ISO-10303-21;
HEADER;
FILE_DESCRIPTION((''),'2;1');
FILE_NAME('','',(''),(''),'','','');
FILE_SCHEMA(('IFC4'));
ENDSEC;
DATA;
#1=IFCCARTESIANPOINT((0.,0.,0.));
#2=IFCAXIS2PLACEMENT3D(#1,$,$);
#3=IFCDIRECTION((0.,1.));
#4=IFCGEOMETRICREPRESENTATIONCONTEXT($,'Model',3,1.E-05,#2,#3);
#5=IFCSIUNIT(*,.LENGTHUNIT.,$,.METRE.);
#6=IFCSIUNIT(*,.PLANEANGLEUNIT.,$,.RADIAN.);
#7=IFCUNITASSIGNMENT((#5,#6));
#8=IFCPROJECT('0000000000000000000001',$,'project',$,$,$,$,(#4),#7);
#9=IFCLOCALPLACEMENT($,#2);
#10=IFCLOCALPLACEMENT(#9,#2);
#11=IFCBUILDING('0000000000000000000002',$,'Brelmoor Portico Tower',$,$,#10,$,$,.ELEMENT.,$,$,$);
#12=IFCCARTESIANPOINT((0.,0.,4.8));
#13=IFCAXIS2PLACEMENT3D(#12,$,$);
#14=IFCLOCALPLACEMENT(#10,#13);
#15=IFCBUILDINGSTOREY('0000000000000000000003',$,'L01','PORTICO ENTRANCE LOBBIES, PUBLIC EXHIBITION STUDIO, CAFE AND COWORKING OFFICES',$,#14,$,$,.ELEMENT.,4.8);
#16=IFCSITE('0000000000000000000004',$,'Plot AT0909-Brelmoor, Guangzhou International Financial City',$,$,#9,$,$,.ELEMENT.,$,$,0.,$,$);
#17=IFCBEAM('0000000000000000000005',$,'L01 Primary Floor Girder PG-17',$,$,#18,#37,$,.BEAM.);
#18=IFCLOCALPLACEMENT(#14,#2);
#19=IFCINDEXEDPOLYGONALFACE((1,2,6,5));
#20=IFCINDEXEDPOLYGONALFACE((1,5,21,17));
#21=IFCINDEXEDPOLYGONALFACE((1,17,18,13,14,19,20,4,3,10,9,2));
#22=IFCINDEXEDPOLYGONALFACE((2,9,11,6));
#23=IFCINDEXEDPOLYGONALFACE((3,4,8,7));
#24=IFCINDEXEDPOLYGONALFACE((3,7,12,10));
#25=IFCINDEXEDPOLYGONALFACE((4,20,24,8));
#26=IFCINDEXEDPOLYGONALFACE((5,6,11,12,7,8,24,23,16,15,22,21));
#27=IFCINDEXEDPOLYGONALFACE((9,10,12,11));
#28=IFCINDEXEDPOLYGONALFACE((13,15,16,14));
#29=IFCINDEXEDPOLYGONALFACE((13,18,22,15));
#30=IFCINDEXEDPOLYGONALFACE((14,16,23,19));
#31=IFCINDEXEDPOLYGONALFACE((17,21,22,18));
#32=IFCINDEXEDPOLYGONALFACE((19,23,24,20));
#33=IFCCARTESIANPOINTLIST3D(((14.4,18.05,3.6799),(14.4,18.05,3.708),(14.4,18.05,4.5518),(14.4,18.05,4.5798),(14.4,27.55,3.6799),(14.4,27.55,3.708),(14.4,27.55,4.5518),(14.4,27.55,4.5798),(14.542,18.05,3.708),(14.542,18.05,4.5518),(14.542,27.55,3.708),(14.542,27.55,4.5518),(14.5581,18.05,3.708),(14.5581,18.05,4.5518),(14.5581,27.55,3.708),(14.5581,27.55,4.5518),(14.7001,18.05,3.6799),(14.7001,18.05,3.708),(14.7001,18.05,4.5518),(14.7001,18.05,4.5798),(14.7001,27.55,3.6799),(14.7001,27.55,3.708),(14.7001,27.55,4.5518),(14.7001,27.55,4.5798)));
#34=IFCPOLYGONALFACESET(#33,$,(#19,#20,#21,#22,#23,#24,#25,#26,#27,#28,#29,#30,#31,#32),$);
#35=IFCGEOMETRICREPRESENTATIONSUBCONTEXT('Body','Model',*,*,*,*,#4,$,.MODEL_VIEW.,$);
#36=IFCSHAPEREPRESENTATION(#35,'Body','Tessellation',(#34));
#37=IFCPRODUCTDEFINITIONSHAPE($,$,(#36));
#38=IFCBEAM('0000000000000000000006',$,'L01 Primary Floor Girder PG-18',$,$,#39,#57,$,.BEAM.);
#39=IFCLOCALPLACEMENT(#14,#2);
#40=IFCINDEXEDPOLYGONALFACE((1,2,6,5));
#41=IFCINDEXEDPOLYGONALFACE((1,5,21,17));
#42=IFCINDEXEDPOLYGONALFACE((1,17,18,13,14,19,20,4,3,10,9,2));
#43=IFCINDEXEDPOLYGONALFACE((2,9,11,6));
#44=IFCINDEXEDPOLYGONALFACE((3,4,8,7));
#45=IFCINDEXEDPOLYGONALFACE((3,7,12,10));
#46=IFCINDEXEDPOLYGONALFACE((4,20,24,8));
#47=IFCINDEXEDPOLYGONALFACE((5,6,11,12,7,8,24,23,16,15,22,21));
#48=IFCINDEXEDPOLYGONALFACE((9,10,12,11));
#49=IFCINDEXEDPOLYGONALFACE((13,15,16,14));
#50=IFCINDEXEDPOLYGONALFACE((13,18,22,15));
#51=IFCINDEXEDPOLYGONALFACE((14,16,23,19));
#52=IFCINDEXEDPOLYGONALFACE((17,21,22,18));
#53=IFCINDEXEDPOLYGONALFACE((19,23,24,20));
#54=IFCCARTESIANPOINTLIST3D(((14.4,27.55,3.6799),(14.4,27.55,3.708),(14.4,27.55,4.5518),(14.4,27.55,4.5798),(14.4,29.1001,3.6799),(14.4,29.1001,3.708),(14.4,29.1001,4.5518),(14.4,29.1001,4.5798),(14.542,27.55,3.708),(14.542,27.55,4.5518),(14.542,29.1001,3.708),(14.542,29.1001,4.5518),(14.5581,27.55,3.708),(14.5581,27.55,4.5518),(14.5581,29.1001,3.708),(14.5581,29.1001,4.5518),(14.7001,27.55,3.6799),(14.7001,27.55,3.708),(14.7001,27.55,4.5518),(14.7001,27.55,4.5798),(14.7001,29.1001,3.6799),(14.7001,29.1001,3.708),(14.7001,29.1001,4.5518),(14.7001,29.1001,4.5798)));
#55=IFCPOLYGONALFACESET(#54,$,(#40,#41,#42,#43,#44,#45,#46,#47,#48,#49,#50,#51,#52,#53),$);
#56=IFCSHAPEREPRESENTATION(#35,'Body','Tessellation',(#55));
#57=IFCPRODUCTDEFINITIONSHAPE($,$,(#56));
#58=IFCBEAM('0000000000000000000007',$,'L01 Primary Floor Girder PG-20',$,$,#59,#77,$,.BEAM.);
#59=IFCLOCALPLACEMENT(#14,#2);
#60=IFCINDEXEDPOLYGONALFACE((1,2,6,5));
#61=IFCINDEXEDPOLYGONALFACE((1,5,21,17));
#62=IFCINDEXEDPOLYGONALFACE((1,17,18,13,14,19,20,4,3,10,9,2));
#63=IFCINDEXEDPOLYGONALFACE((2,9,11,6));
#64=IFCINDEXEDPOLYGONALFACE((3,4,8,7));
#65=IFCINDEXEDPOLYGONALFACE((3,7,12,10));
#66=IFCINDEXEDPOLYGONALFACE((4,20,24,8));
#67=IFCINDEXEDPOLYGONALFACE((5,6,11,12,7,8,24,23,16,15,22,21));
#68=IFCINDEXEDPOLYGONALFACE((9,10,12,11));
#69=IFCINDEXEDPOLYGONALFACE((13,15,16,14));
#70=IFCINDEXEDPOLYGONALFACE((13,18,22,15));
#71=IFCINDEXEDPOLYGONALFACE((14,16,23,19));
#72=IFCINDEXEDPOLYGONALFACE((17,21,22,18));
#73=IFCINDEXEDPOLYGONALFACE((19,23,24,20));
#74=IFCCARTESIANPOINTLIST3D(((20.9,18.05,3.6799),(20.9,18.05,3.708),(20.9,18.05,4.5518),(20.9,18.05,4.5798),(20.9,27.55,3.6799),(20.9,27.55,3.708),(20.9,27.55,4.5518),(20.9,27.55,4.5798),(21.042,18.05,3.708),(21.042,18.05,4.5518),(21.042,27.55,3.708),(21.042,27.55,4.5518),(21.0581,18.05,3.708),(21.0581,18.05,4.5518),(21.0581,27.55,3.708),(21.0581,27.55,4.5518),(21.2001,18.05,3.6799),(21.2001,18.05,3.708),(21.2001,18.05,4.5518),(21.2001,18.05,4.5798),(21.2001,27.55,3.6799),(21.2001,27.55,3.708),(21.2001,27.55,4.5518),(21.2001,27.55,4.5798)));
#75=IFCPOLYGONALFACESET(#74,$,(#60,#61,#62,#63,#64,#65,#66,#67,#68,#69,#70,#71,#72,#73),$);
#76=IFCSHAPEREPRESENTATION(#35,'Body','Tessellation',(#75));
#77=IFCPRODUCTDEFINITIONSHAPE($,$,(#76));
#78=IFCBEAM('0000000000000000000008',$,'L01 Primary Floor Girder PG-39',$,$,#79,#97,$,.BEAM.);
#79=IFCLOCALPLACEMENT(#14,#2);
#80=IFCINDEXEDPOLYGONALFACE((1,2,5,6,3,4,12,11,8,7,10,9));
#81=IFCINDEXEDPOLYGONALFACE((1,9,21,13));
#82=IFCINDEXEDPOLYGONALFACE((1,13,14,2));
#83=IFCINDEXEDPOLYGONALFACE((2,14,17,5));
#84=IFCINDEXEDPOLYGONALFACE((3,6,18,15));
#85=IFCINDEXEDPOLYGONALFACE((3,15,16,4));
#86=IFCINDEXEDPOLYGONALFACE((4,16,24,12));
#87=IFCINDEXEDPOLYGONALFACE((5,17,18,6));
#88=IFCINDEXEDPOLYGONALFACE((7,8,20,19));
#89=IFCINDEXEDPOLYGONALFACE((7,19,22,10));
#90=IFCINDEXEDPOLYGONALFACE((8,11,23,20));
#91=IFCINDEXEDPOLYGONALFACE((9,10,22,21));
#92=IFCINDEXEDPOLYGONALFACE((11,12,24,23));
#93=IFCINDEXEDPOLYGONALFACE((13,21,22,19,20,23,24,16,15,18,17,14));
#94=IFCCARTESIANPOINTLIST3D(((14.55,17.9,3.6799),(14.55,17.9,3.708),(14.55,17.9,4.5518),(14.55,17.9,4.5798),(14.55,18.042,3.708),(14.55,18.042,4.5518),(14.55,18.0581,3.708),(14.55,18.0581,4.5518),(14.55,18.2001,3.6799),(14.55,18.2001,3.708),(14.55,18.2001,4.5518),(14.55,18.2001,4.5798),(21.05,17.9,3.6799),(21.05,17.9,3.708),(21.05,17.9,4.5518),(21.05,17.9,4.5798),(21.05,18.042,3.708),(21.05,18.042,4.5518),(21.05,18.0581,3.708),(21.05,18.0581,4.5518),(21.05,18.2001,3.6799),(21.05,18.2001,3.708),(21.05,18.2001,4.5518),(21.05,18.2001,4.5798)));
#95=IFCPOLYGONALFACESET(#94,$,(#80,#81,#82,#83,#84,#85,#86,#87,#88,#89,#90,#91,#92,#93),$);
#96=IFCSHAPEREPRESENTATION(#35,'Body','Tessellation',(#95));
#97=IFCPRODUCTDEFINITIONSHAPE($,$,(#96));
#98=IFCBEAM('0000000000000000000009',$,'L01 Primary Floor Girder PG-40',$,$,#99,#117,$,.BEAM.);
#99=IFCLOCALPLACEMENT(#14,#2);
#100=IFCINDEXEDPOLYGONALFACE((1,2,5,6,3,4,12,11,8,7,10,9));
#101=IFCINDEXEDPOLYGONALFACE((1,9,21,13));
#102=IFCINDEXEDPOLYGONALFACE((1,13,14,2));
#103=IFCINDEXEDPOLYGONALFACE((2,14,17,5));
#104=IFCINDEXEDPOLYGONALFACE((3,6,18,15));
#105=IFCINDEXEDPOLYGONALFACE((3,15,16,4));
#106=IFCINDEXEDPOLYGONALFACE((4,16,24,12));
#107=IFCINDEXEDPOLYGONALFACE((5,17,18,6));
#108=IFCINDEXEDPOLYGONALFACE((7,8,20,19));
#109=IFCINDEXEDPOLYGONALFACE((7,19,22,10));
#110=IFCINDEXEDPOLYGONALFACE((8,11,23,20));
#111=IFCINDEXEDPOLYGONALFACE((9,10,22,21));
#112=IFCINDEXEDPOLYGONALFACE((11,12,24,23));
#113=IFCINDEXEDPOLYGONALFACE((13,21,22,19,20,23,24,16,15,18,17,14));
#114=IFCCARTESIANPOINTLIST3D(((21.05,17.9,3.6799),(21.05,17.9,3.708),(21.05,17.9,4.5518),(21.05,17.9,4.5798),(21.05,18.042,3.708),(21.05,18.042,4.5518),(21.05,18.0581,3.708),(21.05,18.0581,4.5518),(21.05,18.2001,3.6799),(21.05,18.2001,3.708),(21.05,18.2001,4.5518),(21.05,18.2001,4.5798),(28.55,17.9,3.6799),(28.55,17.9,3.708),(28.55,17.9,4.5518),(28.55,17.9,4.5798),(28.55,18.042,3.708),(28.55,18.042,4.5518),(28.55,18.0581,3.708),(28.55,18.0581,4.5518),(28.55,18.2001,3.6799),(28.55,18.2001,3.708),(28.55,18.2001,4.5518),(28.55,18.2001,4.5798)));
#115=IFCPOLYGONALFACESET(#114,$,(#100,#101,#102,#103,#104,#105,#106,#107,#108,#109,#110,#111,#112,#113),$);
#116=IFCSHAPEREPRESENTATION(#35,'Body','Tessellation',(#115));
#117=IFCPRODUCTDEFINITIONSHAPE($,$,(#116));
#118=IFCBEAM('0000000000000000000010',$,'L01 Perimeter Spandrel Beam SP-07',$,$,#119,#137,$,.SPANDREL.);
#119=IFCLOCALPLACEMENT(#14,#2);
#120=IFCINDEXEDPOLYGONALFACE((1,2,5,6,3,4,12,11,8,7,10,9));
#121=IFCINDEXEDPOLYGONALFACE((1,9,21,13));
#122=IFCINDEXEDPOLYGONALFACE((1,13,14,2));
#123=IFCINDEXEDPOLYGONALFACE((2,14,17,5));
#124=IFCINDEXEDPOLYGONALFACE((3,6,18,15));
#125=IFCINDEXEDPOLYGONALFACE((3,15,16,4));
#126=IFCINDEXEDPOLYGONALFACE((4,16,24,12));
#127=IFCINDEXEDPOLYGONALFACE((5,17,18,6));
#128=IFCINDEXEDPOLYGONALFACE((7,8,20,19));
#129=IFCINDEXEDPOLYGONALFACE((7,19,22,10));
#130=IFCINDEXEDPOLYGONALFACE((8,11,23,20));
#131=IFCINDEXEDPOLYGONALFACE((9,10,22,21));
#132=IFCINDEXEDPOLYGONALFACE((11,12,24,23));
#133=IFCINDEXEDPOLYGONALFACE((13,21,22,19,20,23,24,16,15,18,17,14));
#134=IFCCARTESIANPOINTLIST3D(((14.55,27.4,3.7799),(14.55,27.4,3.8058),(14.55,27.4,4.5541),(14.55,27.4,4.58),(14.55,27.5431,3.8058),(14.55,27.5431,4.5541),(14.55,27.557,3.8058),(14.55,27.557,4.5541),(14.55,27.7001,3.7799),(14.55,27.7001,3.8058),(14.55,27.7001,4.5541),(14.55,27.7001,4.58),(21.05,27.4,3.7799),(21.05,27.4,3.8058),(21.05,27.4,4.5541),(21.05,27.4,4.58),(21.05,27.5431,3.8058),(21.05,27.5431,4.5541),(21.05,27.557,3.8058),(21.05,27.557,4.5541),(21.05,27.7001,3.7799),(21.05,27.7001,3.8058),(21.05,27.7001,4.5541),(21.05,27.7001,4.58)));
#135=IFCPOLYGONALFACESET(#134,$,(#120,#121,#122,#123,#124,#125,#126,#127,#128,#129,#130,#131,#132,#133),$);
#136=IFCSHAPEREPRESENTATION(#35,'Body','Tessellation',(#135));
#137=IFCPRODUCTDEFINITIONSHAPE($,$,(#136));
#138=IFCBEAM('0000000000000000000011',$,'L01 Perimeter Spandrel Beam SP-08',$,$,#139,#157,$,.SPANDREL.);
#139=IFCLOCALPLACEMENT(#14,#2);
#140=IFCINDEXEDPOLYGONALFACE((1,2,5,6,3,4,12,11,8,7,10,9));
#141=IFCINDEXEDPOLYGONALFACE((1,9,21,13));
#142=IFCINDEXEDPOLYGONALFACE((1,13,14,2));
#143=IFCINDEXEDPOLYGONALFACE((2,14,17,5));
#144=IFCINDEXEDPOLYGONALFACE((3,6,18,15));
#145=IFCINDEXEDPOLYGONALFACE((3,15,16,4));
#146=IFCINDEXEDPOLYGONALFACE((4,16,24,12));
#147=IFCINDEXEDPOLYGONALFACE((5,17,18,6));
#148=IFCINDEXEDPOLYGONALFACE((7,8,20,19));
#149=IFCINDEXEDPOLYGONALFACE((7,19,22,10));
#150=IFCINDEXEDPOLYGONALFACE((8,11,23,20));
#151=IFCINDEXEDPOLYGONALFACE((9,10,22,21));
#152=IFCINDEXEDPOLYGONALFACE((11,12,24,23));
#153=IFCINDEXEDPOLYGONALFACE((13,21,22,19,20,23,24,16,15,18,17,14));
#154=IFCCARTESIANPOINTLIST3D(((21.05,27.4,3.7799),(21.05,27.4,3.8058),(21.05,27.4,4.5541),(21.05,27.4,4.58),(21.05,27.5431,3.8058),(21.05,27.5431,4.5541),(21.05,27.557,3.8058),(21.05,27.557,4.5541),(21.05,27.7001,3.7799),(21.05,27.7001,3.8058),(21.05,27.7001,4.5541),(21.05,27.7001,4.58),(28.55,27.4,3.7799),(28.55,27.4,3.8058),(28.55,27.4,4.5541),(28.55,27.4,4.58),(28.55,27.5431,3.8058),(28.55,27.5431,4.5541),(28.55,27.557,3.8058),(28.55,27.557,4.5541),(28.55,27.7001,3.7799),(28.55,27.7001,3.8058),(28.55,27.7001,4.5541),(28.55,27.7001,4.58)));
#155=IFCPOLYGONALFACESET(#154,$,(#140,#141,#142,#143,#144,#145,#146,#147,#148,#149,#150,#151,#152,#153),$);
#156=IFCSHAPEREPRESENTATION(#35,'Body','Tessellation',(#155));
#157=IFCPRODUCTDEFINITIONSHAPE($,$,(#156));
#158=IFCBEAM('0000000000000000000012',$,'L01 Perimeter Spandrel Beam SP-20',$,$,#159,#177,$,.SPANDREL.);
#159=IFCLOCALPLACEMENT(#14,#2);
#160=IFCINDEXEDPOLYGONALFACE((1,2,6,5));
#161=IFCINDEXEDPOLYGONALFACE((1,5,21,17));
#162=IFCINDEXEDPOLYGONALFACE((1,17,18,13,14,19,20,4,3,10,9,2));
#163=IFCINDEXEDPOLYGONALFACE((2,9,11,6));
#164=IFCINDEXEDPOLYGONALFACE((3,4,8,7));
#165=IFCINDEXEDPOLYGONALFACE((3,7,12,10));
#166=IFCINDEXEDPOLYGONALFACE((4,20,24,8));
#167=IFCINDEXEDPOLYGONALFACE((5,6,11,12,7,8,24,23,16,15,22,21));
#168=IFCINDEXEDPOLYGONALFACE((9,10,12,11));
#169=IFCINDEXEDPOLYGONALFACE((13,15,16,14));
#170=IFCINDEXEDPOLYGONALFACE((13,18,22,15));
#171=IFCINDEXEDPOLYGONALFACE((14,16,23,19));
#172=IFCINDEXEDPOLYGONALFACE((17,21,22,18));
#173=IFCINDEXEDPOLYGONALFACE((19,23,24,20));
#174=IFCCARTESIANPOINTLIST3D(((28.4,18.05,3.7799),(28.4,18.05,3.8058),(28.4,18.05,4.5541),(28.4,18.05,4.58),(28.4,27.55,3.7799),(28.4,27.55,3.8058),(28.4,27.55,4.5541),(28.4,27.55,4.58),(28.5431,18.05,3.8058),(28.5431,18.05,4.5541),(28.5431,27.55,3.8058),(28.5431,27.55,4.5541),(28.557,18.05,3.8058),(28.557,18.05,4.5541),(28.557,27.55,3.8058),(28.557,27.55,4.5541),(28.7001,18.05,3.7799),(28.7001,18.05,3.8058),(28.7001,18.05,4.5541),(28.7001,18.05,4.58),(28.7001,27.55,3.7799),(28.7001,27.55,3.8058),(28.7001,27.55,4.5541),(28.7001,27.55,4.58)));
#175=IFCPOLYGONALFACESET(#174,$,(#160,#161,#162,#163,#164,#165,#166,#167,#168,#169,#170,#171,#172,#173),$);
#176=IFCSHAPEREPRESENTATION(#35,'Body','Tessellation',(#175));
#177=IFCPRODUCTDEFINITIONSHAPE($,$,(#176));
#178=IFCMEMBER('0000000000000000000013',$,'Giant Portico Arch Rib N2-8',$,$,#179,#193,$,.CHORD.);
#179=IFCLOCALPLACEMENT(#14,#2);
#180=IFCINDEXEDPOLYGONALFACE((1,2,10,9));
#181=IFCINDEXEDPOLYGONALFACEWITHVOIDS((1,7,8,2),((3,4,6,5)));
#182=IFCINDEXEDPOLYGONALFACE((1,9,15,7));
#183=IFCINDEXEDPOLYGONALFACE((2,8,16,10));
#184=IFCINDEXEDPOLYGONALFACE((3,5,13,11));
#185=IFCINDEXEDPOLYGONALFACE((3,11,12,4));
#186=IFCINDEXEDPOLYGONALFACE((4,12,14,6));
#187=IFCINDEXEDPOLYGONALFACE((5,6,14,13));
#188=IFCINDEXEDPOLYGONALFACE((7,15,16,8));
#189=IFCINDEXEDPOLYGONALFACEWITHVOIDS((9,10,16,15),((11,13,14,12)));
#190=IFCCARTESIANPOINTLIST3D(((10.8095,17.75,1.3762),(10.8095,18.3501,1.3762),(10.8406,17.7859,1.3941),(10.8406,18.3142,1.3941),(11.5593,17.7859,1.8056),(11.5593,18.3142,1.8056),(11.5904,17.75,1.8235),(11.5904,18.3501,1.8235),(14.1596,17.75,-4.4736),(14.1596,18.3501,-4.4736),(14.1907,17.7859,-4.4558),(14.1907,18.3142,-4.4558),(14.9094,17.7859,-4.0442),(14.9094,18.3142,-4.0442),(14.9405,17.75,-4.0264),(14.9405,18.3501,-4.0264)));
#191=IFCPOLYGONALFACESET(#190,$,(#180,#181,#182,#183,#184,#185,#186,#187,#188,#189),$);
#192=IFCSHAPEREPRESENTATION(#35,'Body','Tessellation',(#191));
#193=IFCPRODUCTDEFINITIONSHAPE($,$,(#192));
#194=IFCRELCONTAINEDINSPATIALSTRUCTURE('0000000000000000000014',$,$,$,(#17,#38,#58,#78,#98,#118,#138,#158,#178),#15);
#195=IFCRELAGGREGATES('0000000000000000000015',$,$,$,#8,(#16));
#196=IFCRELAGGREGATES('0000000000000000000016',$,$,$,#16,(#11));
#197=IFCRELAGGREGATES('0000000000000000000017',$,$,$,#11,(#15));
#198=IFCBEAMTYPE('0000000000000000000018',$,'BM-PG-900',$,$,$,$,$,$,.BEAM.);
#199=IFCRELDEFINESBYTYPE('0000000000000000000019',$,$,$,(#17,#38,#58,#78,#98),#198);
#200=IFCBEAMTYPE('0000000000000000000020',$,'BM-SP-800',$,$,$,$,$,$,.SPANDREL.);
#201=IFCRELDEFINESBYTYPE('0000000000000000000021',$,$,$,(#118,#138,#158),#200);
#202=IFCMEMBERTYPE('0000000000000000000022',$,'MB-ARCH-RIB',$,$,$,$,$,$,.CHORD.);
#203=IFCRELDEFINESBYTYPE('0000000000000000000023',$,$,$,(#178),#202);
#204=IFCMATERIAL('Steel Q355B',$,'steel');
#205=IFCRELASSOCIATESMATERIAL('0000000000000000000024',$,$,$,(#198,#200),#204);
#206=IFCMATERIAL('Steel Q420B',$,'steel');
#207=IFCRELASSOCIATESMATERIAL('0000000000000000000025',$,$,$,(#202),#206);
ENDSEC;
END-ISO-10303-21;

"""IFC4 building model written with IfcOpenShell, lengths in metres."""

from ifc_helpers import new_model, si_unit, direction, frame, origin, origin_2d, place, context, subcontext, project, spatial, hollow_rectangle, i_section, extrude, material, material_profile, profile_set, type_object, element, save


model = new_model("IFC4")

# Units and contexts
model_context = context("Model", 3, precision=1e-05, world=origin(), true_north=direction((0.0, 1.0)))
body_context = subcontext(model_context, "Body", "Model", "MODEL_VIEW")
ifc_project = project(units=[si_unit("LENGTHUNIT", "METRE"), si_unit("PLANEANGLEUNIT", "RADIAN")], contexts=[model_context])

# Site, building, storey
site_placement = place(None, origin())
site = spatial("IfcSite", under=ifc_project, at=site_placement, Name="Plot AT0909-Brelmoor, Guangzhou International Financial City", CompositionType="ELEMENT", RefElevation=0.0)
building_placement = place(site_placement, origin())
building = spatial("IfcBuilding", under=site, at=building_placement, Name="Brelmoor Portico Tower", CompositionType="ELEMENT")
storey_placement = place(building_placement, frame((0.0, 0.0, 4.8)))
storey = spatial("IfcBuildingStorey", under=building, at=storey_placement, Name="L01", Description="PORTICO ENTRANCE LOBBIES, PUBLIC EXHIBITION STUDIO, CAFE AND COWORKING OFFICES", CompositionType="ELEMENT", Elevation=4.8)

# Beams
ifc_material_1 = material(Name="Steel Q355B", Category="steel")
ifc_material_profile_1 = material_profile(ifc_material_1, i_section(OverallWidth=0.3, OverallDepth=0.8999, WebThickness=0.0161, FlangeThickness=0.0281, at=origin_2d()), Name="HN 900x300x16x28")
ifc_profile_set_1 = profile_set([ifc_material_profile_1], Name="Steel Q355B")
beam_type_1 = type_object("IfcBeamType", Name="BM-PG-900", PredefinedType="BEAM", material=ifc_profile_set_1)
beam_1_placement = place(storey_placement, frame((14.55, 18.05, 4.1299), z_axis=(0.0, 1.0, 0.0), x_axis=(-1.0, 0.0, 0.0)))
element("IfcBeam", 1, at=beam_1_placement, inside=storey, type_object=beam_type_1, Name="L01 Primary Floor Girder PG-17", PredefinedType="BEAM", context=body_context, shape_type="SweptSolid", body=[
    extrude(i_section(OverallWidth=0.3, OverallDepth=0.8999, WebThickness=0.0161, FlangeThickness=0.0281, at=origin_2d()), origin(), (0.0, 0.0, 1.0), 9.5),
])
beam_2_placement = place(storey_placement, frame((14.55, 27.55, 4.1299), z_axis=(0.0, 1.0, 0.0), x_axis=(-1.0, 0.0, 0.0)))
element("IfcBeam", 2, at=beam_2_placement, inside=storey, type_object=beam_type_1, Name="L01 Primary Floor Girder PG-18", PredefinedType="BEAM", context=body_context, shape_type="SweptSolid", body=[
    extrude(i_section(OverallWidth=0.3, OverallDepth=0.8999, WebThickness=0.0161, FlangeThickness=0.0281, at=origin_2d()), origin(), (0.0, 0.0, 1.0), 1.55),
])
beam_3_placement = place(storey_placement, frame((21.05, 18.05, 4.1299), z_axis=(0.0, 1.0, 0.0), x_axis=(-1.0, 0.0, 0.0)))
element("IfcBeam", 3, at=beam_3_placement, inside=storey, type_object=beam_type_1, Name="L01 Primary Floor Girder PG-20", PredefinedType="BEAM", context=body_context, shape_type="SweptSolid", body=[
    extrude(i_section(OverallWidth=0.3, OverallDepth=0.8999, WebThickness=0.0161, FlangeThickness=0.0281, at=origin_2d()), origin(), (0.0, 0.0, 1.0), 9.5),
])
beam_4_placement = place(storey_placement, frame((14.55, 18.05, 4.1299), z_axis=(1.0, 0.0, 0.0), x_axis=(0.0, 1.0, 0.0)))
element("IfcBeam", 4, at=beam_4_placement, inside=storey, type_object=beam_type_1, Name="L01 Primary Floor Girder PG-39", PredefinedType="BEAM", context=body_context, shape_type="SweptSolid", body=[
    extrude(i_section(OverallWidth=0.3, OverallDepth=0.8999, WebThickness=0.0161, FlangeThickness=0.0281, at=origin_2d()), origin(), (0.0, 0.0, 1.0), 6.5),
])
beam_5_placement = place(storey_placement, frame((21.05, 18.05, 4.1299), z_axis=(1.0, 0.0, 0.0), x_axis=(0.0, 1.0, 0.0)))
element("IfcBeam", 5, at=beam_5_placement, inside=storey, type_object=beam_type_1, Name="L01 Primary Floor Girder PG-40", PredefinedType="BEAM", context=body_context, shape_type="SweptSolid", body=[
    extrude(i_section(OverallWidth=0.3, OverallDepth=0.8999, WebThickness=0.0161, FlangeThickness=0.0281, at=origin_2d()), origin(), (0.0, 0.0, 1.0), 7.5),
])
ifc_material_profile_2 = material_profile(ifc_material_1, i_section(OverallWidth=0.3, OverallDepth=0.8, WebThickness=0.0139, FlangeThickness=0.0259, at=origin_2d()), Name="HN 800x300x14x26")
ifc_profile_set_2 = profile_set([ifc_material_profile_2], Name="Steel Q355B")
beam_type_2 = type_object("IfcBeamType", Name="BM-SP-800", PredefinedType="SPANDREL", material=ifc_profile_set_2)
beam_6_placement = place(storey_placement, frame((14.55, 27.55, 4.1799), z_axis=(1.0, 0.0, 0.0), x_axis=(0.0, 1.0, 0.0)))
element("IfcBeam", 6, at=beam_6_placement, inside=storey, type_object=beam_type_2, Name="L01 Perimeter Spandrel Beam SP-07", PredefinedType="SPANDREL", context=body_context, shape_type="SweptSolid", body=[
    extrude(i_section(OverallWidth=0.3, OverallDepth=0.8, WebThickness=0.0139, FlangeThickness=0.0259, at=origin_2d()), origin(), (0.0, 0.0, 1.0), 6.5),
])
beam_7_placement = place(storey_placement, frame((21.05, 27.55, 4.1799), z_axis=(1.0, 0.0, 0.0), x_axis=(0.0, 1.0, 0.0)))
element("IfcBeam", 7, at=beam_7_placement, inside=storey, type_object=beam_type_2, Name="L01 Perimeter Spandrel Beam SP-08", PredefinedType="SPANDREL", context=body_context, shape_type="SweptSolid", body=[
    extrude(i_section(OverallWidth=0.3, OverallDepth=0.8, WebThickness=0.0139, FlangeThickness=0.0259, at=origin_2d()), origin(), (0.0, 0.0, 1.0), 7.5),
])
beam_8_placement = place(storey_placement, frame((28.55, 18.05, 4.1799), z_axis=(0.0, 1.0, 0.0), x_axis=(-1.0, 0.0, 0.0)))
element("IfcBeam", 8, at=beam_8_placement, inside=storey, type_object=beam_type_2, Name="L01 Perimeter Spandrel Beam SP-20", PredefinedType="SPANDREL", context=body_context, shape_type="SweptSolid", body=[
    extrude(i_section(OverallWidth=0.3, OverallDepth=0.8, WebThickness=0.0139, FlangeThickness=0.0259, at=origin_2d()), origin(), (0.0, 0.0, 1.0), 9.5),
])

# Member
ifc_material_2 = material(Name="Steel Q420B", Category="steel")
ifc_material_profile_3 = material_profile(ifc_material_2, hollow_rectangle(XDim=0.6001, YDim=0.8999, WallThickness=0.0359, at=origin_2d()), Name="RHS 600x900x36")
ifc_profile_set_3 = profile_set([ifc_material_profile_3], Name="Steel Q420B")
member_type_1 = type_object("IfcMemberType", Name="MB-ARCH-RIB", PredefinedType="CHORD", material=ifc_profile_set_3)
for number, where, z_axis, x_axis, name in (
    (9, (11.2, 18.05, 1.5999), (0.496958, 0.0, -0.867775), (0.0, 1.0, 0.0), "Giant Portico Arch Rib N2-8"),
):
    element("IfcMember", number, at=place(storey_placement, frame(where, z_axis=z_axis, x_axis=x_axis)), inside=storey, type_object=member_type_1, Name=name, PredefinedType="CHORD", context=body_context, shape_type="SweptSolid", body=[
        extrude(hollow_rectangle(XDim=0.6001, YDim=0.8999, WallThickness=0.0359, at=origin_2d()), origin(), (0.0, 0.0, 1.0), 6.7412),
    ])

save(model, "model.ifc")
